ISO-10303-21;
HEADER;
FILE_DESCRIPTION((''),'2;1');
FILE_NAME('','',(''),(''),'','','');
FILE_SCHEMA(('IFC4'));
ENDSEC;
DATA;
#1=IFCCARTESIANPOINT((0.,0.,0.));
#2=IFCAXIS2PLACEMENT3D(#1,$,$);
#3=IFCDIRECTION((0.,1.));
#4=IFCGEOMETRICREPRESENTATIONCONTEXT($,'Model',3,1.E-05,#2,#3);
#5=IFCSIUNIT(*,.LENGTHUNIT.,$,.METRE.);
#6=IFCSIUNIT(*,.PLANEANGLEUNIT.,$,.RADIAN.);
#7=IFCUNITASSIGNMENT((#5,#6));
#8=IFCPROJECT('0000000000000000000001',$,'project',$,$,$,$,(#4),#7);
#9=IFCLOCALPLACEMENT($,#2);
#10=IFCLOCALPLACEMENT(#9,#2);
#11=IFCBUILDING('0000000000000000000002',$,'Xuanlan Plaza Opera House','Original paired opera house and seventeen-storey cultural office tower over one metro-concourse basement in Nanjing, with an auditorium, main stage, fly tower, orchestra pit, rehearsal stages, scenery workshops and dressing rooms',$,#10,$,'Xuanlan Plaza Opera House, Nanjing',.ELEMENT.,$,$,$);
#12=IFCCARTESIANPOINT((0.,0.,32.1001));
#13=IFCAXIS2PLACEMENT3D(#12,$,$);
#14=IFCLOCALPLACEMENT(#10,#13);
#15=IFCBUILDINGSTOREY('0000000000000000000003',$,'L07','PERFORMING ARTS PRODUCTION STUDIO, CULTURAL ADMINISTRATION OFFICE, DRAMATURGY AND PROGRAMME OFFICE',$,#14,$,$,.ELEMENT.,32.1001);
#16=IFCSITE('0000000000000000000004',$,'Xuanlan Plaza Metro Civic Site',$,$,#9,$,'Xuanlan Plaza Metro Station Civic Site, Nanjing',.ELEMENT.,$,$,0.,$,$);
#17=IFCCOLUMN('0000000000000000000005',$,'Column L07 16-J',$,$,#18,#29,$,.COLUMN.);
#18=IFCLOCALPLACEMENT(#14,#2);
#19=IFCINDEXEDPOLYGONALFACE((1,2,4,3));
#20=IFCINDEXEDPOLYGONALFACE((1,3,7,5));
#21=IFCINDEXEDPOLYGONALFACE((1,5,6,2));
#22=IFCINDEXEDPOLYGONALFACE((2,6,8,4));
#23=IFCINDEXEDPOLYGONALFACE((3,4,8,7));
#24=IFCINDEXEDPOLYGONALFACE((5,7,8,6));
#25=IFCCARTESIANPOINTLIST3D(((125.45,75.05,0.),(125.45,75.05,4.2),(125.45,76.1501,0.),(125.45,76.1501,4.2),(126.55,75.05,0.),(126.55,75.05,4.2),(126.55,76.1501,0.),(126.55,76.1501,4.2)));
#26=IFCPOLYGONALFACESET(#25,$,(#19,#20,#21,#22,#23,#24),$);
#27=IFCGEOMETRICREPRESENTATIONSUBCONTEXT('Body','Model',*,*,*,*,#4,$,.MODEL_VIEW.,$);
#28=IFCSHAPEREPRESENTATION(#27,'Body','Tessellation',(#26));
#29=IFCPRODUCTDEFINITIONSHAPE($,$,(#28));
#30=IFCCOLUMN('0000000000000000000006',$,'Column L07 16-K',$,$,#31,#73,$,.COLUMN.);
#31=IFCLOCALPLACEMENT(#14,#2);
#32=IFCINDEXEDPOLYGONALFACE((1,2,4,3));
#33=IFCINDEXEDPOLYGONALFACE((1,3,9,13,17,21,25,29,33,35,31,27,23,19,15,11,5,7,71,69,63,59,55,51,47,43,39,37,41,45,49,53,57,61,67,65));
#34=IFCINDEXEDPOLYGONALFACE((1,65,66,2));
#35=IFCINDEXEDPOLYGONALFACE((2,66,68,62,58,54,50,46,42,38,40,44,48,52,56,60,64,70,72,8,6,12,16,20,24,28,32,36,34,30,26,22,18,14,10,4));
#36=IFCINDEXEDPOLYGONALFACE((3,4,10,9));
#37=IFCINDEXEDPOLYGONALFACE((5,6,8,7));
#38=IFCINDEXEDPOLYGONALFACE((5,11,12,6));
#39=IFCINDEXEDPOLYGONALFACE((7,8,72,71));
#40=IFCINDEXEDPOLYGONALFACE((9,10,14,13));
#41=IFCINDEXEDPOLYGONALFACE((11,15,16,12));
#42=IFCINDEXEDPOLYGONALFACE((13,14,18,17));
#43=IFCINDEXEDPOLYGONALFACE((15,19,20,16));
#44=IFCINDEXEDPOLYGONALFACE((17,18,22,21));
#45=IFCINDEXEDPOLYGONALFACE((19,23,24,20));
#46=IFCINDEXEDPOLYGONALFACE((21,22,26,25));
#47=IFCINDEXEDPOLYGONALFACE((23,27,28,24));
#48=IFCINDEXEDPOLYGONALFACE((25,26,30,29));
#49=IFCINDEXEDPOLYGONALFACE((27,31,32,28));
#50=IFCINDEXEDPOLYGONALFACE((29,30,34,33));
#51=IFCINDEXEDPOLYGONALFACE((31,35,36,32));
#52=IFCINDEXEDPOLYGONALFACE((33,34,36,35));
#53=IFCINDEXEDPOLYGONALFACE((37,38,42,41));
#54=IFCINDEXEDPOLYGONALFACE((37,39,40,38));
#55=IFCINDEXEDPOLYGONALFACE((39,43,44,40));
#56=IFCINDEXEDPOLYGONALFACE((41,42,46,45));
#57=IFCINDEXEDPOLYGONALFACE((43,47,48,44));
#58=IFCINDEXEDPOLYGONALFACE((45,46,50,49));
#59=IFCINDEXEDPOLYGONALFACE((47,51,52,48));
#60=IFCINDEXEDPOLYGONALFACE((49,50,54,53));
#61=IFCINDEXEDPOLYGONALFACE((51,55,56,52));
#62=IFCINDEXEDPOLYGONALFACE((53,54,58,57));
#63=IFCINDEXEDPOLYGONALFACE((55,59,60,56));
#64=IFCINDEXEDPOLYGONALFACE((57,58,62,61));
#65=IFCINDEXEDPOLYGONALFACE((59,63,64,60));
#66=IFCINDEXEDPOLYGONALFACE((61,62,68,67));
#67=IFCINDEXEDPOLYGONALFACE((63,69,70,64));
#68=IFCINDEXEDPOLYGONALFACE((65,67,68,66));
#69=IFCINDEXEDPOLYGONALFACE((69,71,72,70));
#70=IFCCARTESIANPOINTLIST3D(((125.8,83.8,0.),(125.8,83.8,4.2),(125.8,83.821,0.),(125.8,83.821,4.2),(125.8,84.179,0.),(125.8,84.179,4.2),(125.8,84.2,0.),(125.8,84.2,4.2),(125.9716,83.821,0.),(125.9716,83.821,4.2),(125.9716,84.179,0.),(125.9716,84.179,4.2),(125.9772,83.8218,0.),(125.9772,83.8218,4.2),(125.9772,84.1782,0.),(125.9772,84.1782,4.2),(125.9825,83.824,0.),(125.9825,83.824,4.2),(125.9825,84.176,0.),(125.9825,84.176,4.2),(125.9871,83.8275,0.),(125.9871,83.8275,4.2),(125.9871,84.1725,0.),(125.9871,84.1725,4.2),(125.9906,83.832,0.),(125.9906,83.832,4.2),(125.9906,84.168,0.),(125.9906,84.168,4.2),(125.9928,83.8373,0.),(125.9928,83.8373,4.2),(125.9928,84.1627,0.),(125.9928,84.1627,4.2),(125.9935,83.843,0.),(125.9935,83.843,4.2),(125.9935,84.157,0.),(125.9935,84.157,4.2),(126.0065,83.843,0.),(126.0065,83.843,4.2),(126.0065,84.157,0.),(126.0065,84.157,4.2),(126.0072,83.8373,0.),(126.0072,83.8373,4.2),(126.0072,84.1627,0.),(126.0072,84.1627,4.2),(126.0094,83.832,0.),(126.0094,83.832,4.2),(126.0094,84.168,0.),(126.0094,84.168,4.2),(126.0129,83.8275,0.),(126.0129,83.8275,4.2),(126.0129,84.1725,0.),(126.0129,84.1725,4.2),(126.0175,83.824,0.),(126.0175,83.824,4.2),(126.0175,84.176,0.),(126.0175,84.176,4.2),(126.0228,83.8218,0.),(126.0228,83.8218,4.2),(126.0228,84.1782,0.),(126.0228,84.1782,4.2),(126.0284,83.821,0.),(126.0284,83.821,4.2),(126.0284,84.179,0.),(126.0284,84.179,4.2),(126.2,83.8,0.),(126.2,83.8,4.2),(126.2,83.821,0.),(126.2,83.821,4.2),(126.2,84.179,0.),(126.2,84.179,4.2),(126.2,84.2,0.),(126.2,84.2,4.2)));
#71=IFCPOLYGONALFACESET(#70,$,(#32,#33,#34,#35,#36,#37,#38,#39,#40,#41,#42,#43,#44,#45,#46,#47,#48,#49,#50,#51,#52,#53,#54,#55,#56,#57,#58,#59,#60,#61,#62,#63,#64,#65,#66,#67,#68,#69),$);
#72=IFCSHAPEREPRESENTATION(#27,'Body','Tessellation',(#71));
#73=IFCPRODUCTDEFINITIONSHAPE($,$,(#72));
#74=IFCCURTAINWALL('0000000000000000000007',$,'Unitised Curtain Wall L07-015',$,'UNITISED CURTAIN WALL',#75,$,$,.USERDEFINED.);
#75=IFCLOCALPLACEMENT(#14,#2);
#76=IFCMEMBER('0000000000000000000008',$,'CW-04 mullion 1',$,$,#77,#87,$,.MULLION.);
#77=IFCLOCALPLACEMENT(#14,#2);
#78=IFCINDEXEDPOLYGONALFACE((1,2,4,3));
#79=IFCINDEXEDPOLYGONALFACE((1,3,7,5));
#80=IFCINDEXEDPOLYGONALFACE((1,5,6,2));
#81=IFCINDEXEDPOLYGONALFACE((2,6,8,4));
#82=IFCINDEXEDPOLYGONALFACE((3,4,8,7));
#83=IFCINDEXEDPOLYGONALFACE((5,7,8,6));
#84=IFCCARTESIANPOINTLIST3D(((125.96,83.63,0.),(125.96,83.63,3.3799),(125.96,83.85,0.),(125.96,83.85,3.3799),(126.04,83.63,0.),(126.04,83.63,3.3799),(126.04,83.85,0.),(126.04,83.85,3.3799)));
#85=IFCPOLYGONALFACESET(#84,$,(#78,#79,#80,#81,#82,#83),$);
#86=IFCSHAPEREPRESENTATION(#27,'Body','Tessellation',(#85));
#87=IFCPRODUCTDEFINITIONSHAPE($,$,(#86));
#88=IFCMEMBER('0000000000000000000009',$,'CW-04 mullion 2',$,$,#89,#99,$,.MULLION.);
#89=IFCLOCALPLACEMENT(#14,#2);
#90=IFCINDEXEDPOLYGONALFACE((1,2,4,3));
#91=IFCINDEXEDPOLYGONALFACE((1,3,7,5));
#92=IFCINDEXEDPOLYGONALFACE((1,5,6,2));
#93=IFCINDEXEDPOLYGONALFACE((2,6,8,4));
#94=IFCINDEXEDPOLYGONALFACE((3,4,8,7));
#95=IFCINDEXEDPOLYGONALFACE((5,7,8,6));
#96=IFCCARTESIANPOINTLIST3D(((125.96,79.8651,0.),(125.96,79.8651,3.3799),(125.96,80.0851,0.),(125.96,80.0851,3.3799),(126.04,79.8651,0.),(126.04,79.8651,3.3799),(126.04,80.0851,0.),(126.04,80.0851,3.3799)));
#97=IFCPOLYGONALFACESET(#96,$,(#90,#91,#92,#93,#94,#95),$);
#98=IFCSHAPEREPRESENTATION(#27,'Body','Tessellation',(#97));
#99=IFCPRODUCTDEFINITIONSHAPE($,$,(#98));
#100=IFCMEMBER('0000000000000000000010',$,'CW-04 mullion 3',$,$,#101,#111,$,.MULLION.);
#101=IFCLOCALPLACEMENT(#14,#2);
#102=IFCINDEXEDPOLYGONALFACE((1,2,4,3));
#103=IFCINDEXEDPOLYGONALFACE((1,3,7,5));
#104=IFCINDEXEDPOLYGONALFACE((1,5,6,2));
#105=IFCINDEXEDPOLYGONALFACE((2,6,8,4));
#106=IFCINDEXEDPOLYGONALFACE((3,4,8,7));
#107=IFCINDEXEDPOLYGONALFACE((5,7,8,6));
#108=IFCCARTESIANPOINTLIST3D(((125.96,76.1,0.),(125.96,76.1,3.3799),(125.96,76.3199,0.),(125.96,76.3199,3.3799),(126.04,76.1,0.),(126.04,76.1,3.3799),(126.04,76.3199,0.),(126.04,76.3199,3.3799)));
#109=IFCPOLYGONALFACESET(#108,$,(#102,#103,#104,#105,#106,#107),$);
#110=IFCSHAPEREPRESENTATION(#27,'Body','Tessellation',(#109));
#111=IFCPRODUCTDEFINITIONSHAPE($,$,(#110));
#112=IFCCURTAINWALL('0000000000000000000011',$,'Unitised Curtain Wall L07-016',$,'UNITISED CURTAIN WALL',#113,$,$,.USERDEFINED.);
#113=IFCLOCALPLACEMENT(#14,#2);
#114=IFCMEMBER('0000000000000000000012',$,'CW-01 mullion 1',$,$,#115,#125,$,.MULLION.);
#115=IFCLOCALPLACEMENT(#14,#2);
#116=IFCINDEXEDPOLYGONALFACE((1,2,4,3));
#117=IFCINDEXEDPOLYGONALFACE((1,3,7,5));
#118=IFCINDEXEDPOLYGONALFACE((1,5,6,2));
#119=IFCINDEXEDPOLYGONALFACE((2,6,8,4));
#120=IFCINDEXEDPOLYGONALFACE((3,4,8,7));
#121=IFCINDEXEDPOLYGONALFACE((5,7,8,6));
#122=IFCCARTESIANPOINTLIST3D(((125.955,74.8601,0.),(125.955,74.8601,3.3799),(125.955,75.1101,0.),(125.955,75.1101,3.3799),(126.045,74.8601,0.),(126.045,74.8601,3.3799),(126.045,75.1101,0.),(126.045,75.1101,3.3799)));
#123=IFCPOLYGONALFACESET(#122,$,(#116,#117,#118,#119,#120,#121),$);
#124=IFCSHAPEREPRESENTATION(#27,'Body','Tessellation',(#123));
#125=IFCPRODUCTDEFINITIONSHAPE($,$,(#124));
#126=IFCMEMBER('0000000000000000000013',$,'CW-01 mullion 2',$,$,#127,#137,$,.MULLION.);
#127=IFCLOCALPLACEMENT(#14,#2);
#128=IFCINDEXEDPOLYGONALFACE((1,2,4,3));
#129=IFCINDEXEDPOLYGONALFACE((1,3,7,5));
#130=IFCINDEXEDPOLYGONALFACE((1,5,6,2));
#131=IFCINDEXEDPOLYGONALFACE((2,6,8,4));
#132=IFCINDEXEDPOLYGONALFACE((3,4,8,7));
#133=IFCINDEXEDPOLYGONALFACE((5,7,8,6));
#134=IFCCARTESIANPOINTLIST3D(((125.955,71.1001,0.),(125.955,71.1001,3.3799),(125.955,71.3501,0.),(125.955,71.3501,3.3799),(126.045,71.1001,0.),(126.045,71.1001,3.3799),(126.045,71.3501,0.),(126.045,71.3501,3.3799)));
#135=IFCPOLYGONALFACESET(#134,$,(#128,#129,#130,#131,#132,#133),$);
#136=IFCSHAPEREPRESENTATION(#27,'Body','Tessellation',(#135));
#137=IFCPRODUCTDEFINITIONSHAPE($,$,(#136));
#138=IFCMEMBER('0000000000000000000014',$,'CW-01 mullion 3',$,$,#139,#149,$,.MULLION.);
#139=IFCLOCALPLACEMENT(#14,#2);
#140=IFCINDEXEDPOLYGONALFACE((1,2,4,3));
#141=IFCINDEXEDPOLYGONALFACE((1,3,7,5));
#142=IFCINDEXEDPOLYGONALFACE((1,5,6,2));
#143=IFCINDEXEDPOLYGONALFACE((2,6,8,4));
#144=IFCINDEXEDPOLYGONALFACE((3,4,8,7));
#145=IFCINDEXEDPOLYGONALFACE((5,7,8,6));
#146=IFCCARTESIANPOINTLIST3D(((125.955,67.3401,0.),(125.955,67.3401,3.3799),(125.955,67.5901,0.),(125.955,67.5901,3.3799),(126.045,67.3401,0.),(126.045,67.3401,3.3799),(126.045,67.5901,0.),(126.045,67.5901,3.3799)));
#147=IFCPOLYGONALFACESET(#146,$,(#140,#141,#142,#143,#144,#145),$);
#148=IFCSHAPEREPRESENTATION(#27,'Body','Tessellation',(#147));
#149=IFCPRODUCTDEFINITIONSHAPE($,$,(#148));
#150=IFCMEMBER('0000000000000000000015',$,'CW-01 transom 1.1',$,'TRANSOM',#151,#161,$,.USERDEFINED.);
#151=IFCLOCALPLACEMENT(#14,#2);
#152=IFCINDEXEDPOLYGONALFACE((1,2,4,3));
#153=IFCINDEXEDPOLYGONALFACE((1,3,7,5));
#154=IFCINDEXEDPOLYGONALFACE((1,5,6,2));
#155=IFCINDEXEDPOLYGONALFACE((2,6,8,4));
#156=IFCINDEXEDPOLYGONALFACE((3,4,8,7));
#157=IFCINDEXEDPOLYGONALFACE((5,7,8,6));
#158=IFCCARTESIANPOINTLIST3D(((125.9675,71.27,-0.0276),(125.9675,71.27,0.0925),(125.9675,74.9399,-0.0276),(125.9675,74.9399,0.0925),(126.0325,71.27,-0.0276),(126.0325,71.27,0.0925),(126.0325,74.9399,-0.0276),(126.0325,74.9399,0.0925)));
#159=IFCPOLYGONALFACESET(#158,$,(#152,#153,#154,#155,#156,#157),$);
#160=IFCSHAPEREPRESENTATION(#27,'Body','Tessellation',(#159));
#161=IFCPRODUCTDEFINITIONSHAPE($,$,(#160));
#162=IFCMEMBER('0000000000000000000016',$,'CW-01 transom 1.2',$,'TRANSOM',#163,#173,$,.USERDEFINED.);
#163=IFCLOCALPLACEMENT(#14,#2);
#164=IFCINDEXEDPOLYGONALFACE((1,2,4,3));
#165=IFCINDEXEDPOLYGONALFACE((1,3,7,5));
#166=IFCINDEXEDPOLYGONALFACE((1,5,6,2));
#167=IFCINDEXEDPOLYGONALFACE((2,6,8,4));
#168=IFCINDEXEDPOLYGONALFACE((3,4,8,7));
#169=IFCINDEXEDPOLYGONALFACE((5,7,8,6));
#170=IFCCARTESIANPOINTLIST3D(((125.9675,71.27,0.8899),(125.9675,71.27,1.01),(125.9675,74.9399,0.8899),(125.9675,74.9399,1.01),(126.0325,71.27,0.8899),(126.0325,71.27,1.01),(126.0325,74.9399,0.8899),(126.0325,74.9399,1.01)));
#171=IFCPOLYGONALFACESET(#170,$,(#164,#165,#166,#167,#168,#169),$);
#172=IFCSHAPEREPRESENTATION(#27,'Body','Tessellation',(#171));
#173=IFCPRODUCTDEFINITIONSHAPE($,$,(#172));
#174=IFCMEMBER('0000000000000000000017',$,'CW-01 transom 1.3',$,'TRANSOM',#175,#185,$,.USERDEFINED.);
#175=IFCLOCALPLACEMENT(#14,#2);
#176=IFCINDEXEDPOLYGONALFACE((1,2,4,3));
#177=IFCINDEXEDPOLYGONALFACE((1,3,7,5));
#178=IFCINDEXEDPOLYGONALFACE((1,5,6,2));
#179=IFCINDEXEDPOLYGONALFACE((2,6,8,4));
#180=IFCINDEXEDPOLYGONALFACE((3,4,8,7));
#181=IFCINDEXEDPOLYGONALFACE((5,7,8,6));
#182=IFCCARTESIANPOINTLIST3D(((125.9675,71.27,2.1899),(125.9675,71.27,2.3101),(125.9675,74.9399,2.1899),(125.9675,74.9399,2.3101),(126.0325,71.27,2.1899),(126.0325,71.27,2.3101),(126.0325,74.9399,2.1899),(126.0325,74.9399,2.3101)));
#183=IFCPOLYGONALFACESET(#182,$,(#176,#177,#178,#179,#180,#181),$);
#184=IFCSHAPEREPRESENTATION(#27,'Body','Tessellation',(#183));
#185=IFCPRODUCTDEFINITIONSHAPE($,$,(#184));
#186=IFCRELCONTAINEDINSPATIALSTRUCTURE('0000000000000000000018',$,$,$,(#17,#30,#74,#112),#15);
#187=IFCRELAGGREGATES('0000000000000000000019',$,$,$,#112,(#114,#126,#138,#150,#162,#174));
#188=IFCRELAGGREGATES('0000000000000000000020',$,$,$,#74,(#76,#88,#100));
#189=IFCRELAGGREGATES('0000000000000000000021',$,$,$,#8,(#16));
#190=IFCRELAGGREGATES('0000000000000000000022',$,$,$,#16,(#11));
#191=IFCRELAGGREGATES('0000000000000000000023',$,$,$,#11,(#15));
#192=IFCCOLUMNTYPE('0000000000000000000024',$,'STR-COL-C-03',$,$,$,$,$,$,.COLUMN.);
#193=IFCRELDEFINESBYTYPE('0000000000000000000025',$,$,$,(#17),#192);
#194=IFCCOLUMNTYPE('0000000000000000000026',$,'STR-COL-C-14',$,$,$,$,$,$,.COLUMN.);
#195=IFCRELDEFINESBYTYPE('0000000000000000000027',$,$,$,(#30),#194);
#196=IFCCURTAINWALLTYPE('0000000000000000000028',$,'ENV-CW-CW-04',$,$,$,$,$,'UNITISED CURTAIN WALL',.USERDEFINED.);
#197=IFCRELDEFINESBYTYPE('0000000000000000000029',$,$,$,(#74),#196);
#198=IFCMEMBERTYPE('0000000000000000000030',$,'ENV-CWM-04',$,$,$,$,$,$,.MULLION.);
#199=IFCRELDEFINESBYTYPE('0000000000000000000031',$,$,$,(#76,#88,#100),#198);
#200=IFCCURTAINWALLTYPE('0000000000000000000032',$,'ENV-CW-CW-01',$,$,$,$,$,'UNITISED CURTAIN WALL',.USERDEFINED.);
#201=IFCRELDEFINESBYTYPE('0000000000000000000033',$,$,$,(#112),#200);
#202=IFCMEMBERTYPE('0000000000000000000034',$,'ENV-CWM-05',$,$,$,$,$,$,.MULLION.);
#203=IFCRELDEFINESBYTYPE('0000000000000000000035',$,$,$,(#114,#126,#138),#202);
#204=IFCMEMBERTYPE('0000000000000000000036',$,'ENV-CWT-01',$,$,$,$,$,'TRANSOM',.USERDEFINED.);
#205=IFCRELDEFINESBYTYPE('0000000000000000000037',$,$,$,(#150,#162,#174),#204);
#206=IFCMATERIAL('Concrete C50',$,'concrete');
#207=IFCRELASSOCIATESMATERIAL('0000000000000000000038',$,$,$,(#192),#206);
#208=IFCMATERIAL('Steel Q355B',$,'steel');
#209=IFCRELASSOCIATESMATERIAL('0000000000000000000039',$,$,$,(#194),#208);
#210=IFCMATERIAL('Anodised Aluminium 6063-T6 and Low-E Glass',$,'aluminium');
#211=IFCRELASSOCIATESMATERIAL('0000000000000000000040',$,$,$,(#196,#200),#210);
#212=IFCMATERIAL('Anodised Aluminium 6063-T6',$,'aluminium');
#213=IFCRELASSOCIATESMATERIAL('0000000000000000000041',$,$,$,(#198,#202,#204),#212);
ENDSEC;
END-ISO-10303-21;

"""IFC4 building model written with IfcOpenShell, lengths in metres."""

from ifc_helpers import new_model, si_unit, direction, frame, origin, origin_2d, place, context, subcontext, project, spatial, rectangle, i_section, extrude, material, material_profile, profile_set, type_object, element, aggregate, save


model = new_model("IFC4")

# Units and contexts
model_context = context("Model", 3, precision=1e-05, world=origin(), true_north=direction((0.0, 1.0)))
body_context = subcontext(model_context, "Body", "Model", "MODEL_VIEW")
ifc_project = project(units=[si_unit("LENGTHUNIT", "METRE"), si_unit("PLANEANGLEUNIT", "RADIAN")], contexts=[model_context])

# Site, building, storey
site_placement = place(None, origin())
site = spatial("IfcSite", under=ifc_project, at=site_placement, Name="Xuanlan Plaza Metro Civic Site", LongName="Xuanlan Plaza Metro Station Civic Site, Nanjing", CompositionType="ELEMENT", RefElevation=0.0)
building_placement = place(site_placement, origin())
building = spatial("IfcBuilding", under=site, at=building_placement, Name="Xuanlan Plaza Opera House", Description="Original paired opera house and seventeen-storey cultural office tower over one metro-concourse basement in Nanjing, with an auditorium, main stage, fly tower, orchestra pit, rehearsal stages, scenery workshops and dressing rooms", LongName="Xuanlan Plaza Opera House, Nanjing", CompositionType="ELEMENT")
storey_placement = place(building_placement, frame((0.0, 0.0, 32.1001)))
storey = spatial("IfcBuildingStorey", under=building, at=storey_placement, Name="L07", Description="PERFORMING ARTS PRODUCTION STUDIO, CULTURAL ADMINISTRATION OFFICE, DRAMATURGY AND PROGRAMME OFFICE", CompositionType="ELEMENT", Elevation=32.1001)

# Columns
ifc_material_1 = material(Name="Concrete C50", Category="concrete")
ifc_material_profile_1 = material_profile(ifc_material_1, rectangle(XDim=1.1001, YDim=1.1001, at=origin_2d()), Name="RC-COL 1100x1100")
ifc_profile_set_1 = profile_set([ifc_material_profile_1], Name="Concrete C50")
column_type_1 = type_object("IfcColumnType", Name="STR-COL-C-03", PredefinedType="COLUMN", material=ifc_profile_set_1)
column_1_placement = place(storey_placement, frame((126.0, 75.6001, 0.0), z_axis=(0.0, 0.0, 1.0), x_axis=(1.0, 0.0, 0.0)))
element("IfcColumn", 1, at=column_1_placement, inside=storey, type_object=column_type_1, Name="Column L07 16-J", PredefinedType="COLUMN", context=body_context, shape_type="SweptSolid", body=[
    extrude(rectangle(XDim=1.1001, YDim=1.1001, at=origin_2d()), origin(), (0.0, 0.0, 1.0), 4.2),
])
ifc_material_2 = material(Name="Steel Q355B", Category="steel")
ifc_material_profile_2 = material_profile(ifc_material_2, i_section(OverallWidth=0.3999, OverallDepth=0.3999, WebThickness=0.0129, FlangeThickness=0.021, FilletRadius=0.022, at=origin_2d()), Name="HW 400x400x13x21")
ifc_profile_set_2 = profile_set([ifc_material_profile_2], Name="Steel Q355B")
column_type_2 = type_object("IfcColumnType", Name="STR-COL-C-14", PredefinedType="COLUMN", material=ifc_profile_set_2)
column_2_placement = place(storey_placement, frame((126.0, 84.0, 0.0), z_axis=(0.0, 0.0, 1.0), x_axis=(1.0, 0.0, 0.0)))
element("IfcColumn", 2, at=column_2_placement, inside=storey, type_object=column_type_2, Name="Column L07 16-K", PredefinedType="COLUMN", context=body_context, shape_type="SweptSolid", body=[
    extrude(i_section(OverallWidth=0.3999, OverallDepth=0.3999, WebThickness=0.0129, FlangeThickness=0.021, FilletRadius=0.022, at=origin_2d()), origin(), (0.0, 0.0, 1.0), 4.2),
])

# Curtain walls, members
ifc_material_3 = material(Name="Anodised Aluminium 6063-T6 and Low-E Glass", Category="aluminium")
curtain_wall_type_1 = type_object("IfcCurtainWallType", Name="ENV-CW-CW-04", ElementType="UNITISED CURTAIN WALL", PredefinedType="USERDEFINED", material=ifc_material_3)
curtain_wall_1_placement = place(storey_placement, origin())
curtain_wall_1 = element("IfcCurtainWall", 3, at=curtain_wall_1_placement, inside=storey, type_object=curtain_wall_type_1, Name="Unitised Curtain Wall L07-015", ObjectType="UNITISED CURTAIN WALL", PredefinedType="USERDEFINED")
ifc_material_4 = material(Name="Anodised Aluminium 6063-T6", Category="aluminium")
ifc_material_profile_3 = material_profile(ifc_material_4, rectangle(XDim=0.0801, YDim=0.22, at=origin_2d()), Name="ALU-M 80x220")
ifc_profile_set_3 = profile_set([ifc_material_profile_3], Name="Anodised Aluminium 6063-T6")
member_type_1 = type_object("IfcMemberType", Name="ENV-CWM-04", PredefinedType="MULLION", material=ifc_profile_set_3)
member_1_placement = place(storey_placement, frame((126.0, 83.74, 0.0), z_axis=(0.0, 0.0, 1.0), x_axis=(1.0, 0.0, 0.0)))
member_1 = element("IfcMember", 4, at=member_1_placement, type_object=member_type_1, Name="CW-04 mullion 1", PredefinedType="MULLION", context=body_context, shape_type="SweptSolid", body=[
    extrude(rectangle(XDim=0.0801, YDim=0.22, at=origin_2d()), origin(), (0.0, 0.0, 1.0), 3.3799),
])
member_2_placement = place(storey_placement, frame((126.0, 79.9751, 0.0), z_axis=(0.0, 0.0, 1.0), x_axis=(1.0, 0.0, 0.0)))
member_2 = element("IfcMember", 5, at=member_2_placement, type_object=member_type_1, Name="CW-04 mullion 2", PredefinedType="MULLION", context=body_context, shape_type="SweptSolid", body=[
    extrude(rectangle(XDim=0.0801, YDim=0.22, at=origin_2d()), origin(), (0.0, 0.0, 1.0), 3.3799),
])
member_3_placement = place(storey_placement, frame((126.0, 76.21, 0.0), z_axis=(0.0, 0.0, 1.0), x_axis=(1.0, 0.0, 0.0)))
member_3 = element("IfcMember", 6, at=member_3_placement, type_object=member_type_1, Name="CW-04 mullion 3", PredefinedType="MULLION", context=body_context, shape_type="SweptSolid", body=[
    extrude(rectangle(XDim=0.0801, YDim=0.22, at=origin_2d()), origin(), (0.0, 0.0, 1.0), 3.3799),
])
curtain_wall_type_2 = type_object("IfcCurtainWallType", Name="ENV-CW-CW-01", ElementType="UNITISED CURTAIN WALL", PredefinedType="USERDEFINED", material=ifc_material_3)
curtain_wall_2_placement = place(storey_placement, origin())
curtain_wall_2 = element("IfcCurtainWall", 7, at=curtain_wall_2_placement, inside=storey, type_object=curtain_wall_type_2, Name="Unitised Curtain Wall L07-016", ObjectType="UNITISED CURTAIN WALL", PredefinedType="USERDEFINED")
ifc_material_profile_4 = material_profile(ifc_material_4, rectangle(XDim=0.0901, YDim=0.25, at=origin_2d()), Name="ALU-M 90x250")
ifc_profile_set_4 = profile_set([ifc_material_profile_4], Name="Anodised Aluminium 6063-T6")
member_type_2 = type_object("IfcMemberType", Name="ENV-CWM-05", PredefinedType="MULLION", material=ifc_profile_set_4)
member_4_placement = place(storey_placement, frame((126.0, 74.9851, 0.0), z_axis=(0.0, 0.0, 1.0), x_axis=(1.0, 0.0, 0.0)))
member_4 = element("IfcMember", 8, at=member_4_placement, type_object=member_type_2, Name="CW-01 mullion 1", PredefinedType="MULLION", context=body_context, shape_type="SweptSolid", body=[
    extrude(rectangle(XDim=0.0901, YDim=0.25, at=origin_2d()), origin(), (0.0, 0.0, 1.0), 3.3799),
])
member_5_placement = place(storey_placement, frame((126.0, 71.2251, 0.0), z_axis=(0.0, 0.0, 1.0), x_axis=(1.0, 0.0, 0.0)))
member_5 = element("IfcMember", 9, at=member_5_placement, type_object=member_type_2, Name="CW-01 mullion 2", PredefinedType="MULLION", context=body_context, shape_type="SweptSolid", body=[
    extrude(rectangle(XDim=0.0901, YDim=0.25, at=origin_2d()), origin(), (0.0, 0.0, 1.0), 3.3799),
])
member_6_placement = place(storey_placement, frame((126.0, 67.4651, 0.0), z_axis=(0.0, 0.0, 1.0), x_axis=(1.0, 0.0, 0.0)))
member_6 = element("IfcMember", 10, at=member_6_placement, type_object=member_type_2, Name="CW-01 mullion 3", PredefinedType="MULLION", context=body_context, shape_type="SweptSolid", body=[
    extrude(rectangle(XDim=0.0901, YDim=0.25, at=origin_2d()), origin(), (0.0, 0.0, 1.0), 3.3799),
])
ifc_material_profile_5 = material_profile(ifc_material_4, rectangle(XDim=0.0649, YDim=0.1201, at=origin_2d()), Name="ALU-T 65x120")
ifc_profile_set_5 = profile_set([ifc_material_profile_5], Name="Anodised Aluminium 6063-T6")
member_type_3 = type_object("IfcMemberType", Name="ENV-CWT-01", ElementType="TRANSOM", PredefinedType="USERDEFINED", material=ifc_profile_set_5)
member_7_placement = place(storey_placement, frame((126.0, 74.9399, 0.0325), z_axis=(0.0, -1.0, 0.0), x_axis=(1.0, 0.0, 0.0)))
member_7 = element("IfcMember", 11, at=member_7_placement, type_object=member_type_3, Name="CW-01 transom 1.1", ObjectType="TRANSOM", PredefinedType="USERDEFINED", context=body_context, shape_type="SweptSolid", body=[
    extrude(rectangle(XDim=0.0649, YDim=0.1201, at=origin_2d()), origin(), (0.0, 0.0, 1.0), 3.6699),
])
member_8_placement = place(storey_placement, frame((126.0, 74.9399, 0.95), z_axis=(0.0, -1.0, 0.0), x_axis=(1.0, 0.0, 0.0)))
member_8 = element("IfcMember", 12, at=member_8_placement, type_object=member_type_3, Name="CW-01 transom 1.2", ObjectType="TRANSOM", PredefinedType="USERDEFINED", context=body_context, shape_type="SweptSolid", body=[
    extrude(rectangle(XDim=0.0649, YDim=0.1201, at=origin_2d()), origin(), (0.0, 0.0, 1.0), 3.6699),
])
member_9_placement = place(storey_placement, frame((126.0, 74.9399, 2.25), z_axis=(0.0, -1.0, 0.0), x_axis=(1.0, 0.0, 0.0)))
member_9 = element("IfcMember", 13, at=member_9_placement, type_object=member_type_3, Name="CW-01 transom 1.3", ObjectType="TRANSOM", PredefinedType="USERDEFINED", context=body_context, shape_type="SweptSolid", body=[
    extrude(rectangle(XDim=0.0649, YDim=0.1201, at=origin_2d()), origin(), (0.0, 0.0, 1.0), 3.6699),
])

aggregate(curtain_wall_2, [member_4, member_5, member_6, member_7, member_8, member_9])
aggregate(curtain_wall_1, [member_1, member_2, member_3])

save(model, "model.ifc")
